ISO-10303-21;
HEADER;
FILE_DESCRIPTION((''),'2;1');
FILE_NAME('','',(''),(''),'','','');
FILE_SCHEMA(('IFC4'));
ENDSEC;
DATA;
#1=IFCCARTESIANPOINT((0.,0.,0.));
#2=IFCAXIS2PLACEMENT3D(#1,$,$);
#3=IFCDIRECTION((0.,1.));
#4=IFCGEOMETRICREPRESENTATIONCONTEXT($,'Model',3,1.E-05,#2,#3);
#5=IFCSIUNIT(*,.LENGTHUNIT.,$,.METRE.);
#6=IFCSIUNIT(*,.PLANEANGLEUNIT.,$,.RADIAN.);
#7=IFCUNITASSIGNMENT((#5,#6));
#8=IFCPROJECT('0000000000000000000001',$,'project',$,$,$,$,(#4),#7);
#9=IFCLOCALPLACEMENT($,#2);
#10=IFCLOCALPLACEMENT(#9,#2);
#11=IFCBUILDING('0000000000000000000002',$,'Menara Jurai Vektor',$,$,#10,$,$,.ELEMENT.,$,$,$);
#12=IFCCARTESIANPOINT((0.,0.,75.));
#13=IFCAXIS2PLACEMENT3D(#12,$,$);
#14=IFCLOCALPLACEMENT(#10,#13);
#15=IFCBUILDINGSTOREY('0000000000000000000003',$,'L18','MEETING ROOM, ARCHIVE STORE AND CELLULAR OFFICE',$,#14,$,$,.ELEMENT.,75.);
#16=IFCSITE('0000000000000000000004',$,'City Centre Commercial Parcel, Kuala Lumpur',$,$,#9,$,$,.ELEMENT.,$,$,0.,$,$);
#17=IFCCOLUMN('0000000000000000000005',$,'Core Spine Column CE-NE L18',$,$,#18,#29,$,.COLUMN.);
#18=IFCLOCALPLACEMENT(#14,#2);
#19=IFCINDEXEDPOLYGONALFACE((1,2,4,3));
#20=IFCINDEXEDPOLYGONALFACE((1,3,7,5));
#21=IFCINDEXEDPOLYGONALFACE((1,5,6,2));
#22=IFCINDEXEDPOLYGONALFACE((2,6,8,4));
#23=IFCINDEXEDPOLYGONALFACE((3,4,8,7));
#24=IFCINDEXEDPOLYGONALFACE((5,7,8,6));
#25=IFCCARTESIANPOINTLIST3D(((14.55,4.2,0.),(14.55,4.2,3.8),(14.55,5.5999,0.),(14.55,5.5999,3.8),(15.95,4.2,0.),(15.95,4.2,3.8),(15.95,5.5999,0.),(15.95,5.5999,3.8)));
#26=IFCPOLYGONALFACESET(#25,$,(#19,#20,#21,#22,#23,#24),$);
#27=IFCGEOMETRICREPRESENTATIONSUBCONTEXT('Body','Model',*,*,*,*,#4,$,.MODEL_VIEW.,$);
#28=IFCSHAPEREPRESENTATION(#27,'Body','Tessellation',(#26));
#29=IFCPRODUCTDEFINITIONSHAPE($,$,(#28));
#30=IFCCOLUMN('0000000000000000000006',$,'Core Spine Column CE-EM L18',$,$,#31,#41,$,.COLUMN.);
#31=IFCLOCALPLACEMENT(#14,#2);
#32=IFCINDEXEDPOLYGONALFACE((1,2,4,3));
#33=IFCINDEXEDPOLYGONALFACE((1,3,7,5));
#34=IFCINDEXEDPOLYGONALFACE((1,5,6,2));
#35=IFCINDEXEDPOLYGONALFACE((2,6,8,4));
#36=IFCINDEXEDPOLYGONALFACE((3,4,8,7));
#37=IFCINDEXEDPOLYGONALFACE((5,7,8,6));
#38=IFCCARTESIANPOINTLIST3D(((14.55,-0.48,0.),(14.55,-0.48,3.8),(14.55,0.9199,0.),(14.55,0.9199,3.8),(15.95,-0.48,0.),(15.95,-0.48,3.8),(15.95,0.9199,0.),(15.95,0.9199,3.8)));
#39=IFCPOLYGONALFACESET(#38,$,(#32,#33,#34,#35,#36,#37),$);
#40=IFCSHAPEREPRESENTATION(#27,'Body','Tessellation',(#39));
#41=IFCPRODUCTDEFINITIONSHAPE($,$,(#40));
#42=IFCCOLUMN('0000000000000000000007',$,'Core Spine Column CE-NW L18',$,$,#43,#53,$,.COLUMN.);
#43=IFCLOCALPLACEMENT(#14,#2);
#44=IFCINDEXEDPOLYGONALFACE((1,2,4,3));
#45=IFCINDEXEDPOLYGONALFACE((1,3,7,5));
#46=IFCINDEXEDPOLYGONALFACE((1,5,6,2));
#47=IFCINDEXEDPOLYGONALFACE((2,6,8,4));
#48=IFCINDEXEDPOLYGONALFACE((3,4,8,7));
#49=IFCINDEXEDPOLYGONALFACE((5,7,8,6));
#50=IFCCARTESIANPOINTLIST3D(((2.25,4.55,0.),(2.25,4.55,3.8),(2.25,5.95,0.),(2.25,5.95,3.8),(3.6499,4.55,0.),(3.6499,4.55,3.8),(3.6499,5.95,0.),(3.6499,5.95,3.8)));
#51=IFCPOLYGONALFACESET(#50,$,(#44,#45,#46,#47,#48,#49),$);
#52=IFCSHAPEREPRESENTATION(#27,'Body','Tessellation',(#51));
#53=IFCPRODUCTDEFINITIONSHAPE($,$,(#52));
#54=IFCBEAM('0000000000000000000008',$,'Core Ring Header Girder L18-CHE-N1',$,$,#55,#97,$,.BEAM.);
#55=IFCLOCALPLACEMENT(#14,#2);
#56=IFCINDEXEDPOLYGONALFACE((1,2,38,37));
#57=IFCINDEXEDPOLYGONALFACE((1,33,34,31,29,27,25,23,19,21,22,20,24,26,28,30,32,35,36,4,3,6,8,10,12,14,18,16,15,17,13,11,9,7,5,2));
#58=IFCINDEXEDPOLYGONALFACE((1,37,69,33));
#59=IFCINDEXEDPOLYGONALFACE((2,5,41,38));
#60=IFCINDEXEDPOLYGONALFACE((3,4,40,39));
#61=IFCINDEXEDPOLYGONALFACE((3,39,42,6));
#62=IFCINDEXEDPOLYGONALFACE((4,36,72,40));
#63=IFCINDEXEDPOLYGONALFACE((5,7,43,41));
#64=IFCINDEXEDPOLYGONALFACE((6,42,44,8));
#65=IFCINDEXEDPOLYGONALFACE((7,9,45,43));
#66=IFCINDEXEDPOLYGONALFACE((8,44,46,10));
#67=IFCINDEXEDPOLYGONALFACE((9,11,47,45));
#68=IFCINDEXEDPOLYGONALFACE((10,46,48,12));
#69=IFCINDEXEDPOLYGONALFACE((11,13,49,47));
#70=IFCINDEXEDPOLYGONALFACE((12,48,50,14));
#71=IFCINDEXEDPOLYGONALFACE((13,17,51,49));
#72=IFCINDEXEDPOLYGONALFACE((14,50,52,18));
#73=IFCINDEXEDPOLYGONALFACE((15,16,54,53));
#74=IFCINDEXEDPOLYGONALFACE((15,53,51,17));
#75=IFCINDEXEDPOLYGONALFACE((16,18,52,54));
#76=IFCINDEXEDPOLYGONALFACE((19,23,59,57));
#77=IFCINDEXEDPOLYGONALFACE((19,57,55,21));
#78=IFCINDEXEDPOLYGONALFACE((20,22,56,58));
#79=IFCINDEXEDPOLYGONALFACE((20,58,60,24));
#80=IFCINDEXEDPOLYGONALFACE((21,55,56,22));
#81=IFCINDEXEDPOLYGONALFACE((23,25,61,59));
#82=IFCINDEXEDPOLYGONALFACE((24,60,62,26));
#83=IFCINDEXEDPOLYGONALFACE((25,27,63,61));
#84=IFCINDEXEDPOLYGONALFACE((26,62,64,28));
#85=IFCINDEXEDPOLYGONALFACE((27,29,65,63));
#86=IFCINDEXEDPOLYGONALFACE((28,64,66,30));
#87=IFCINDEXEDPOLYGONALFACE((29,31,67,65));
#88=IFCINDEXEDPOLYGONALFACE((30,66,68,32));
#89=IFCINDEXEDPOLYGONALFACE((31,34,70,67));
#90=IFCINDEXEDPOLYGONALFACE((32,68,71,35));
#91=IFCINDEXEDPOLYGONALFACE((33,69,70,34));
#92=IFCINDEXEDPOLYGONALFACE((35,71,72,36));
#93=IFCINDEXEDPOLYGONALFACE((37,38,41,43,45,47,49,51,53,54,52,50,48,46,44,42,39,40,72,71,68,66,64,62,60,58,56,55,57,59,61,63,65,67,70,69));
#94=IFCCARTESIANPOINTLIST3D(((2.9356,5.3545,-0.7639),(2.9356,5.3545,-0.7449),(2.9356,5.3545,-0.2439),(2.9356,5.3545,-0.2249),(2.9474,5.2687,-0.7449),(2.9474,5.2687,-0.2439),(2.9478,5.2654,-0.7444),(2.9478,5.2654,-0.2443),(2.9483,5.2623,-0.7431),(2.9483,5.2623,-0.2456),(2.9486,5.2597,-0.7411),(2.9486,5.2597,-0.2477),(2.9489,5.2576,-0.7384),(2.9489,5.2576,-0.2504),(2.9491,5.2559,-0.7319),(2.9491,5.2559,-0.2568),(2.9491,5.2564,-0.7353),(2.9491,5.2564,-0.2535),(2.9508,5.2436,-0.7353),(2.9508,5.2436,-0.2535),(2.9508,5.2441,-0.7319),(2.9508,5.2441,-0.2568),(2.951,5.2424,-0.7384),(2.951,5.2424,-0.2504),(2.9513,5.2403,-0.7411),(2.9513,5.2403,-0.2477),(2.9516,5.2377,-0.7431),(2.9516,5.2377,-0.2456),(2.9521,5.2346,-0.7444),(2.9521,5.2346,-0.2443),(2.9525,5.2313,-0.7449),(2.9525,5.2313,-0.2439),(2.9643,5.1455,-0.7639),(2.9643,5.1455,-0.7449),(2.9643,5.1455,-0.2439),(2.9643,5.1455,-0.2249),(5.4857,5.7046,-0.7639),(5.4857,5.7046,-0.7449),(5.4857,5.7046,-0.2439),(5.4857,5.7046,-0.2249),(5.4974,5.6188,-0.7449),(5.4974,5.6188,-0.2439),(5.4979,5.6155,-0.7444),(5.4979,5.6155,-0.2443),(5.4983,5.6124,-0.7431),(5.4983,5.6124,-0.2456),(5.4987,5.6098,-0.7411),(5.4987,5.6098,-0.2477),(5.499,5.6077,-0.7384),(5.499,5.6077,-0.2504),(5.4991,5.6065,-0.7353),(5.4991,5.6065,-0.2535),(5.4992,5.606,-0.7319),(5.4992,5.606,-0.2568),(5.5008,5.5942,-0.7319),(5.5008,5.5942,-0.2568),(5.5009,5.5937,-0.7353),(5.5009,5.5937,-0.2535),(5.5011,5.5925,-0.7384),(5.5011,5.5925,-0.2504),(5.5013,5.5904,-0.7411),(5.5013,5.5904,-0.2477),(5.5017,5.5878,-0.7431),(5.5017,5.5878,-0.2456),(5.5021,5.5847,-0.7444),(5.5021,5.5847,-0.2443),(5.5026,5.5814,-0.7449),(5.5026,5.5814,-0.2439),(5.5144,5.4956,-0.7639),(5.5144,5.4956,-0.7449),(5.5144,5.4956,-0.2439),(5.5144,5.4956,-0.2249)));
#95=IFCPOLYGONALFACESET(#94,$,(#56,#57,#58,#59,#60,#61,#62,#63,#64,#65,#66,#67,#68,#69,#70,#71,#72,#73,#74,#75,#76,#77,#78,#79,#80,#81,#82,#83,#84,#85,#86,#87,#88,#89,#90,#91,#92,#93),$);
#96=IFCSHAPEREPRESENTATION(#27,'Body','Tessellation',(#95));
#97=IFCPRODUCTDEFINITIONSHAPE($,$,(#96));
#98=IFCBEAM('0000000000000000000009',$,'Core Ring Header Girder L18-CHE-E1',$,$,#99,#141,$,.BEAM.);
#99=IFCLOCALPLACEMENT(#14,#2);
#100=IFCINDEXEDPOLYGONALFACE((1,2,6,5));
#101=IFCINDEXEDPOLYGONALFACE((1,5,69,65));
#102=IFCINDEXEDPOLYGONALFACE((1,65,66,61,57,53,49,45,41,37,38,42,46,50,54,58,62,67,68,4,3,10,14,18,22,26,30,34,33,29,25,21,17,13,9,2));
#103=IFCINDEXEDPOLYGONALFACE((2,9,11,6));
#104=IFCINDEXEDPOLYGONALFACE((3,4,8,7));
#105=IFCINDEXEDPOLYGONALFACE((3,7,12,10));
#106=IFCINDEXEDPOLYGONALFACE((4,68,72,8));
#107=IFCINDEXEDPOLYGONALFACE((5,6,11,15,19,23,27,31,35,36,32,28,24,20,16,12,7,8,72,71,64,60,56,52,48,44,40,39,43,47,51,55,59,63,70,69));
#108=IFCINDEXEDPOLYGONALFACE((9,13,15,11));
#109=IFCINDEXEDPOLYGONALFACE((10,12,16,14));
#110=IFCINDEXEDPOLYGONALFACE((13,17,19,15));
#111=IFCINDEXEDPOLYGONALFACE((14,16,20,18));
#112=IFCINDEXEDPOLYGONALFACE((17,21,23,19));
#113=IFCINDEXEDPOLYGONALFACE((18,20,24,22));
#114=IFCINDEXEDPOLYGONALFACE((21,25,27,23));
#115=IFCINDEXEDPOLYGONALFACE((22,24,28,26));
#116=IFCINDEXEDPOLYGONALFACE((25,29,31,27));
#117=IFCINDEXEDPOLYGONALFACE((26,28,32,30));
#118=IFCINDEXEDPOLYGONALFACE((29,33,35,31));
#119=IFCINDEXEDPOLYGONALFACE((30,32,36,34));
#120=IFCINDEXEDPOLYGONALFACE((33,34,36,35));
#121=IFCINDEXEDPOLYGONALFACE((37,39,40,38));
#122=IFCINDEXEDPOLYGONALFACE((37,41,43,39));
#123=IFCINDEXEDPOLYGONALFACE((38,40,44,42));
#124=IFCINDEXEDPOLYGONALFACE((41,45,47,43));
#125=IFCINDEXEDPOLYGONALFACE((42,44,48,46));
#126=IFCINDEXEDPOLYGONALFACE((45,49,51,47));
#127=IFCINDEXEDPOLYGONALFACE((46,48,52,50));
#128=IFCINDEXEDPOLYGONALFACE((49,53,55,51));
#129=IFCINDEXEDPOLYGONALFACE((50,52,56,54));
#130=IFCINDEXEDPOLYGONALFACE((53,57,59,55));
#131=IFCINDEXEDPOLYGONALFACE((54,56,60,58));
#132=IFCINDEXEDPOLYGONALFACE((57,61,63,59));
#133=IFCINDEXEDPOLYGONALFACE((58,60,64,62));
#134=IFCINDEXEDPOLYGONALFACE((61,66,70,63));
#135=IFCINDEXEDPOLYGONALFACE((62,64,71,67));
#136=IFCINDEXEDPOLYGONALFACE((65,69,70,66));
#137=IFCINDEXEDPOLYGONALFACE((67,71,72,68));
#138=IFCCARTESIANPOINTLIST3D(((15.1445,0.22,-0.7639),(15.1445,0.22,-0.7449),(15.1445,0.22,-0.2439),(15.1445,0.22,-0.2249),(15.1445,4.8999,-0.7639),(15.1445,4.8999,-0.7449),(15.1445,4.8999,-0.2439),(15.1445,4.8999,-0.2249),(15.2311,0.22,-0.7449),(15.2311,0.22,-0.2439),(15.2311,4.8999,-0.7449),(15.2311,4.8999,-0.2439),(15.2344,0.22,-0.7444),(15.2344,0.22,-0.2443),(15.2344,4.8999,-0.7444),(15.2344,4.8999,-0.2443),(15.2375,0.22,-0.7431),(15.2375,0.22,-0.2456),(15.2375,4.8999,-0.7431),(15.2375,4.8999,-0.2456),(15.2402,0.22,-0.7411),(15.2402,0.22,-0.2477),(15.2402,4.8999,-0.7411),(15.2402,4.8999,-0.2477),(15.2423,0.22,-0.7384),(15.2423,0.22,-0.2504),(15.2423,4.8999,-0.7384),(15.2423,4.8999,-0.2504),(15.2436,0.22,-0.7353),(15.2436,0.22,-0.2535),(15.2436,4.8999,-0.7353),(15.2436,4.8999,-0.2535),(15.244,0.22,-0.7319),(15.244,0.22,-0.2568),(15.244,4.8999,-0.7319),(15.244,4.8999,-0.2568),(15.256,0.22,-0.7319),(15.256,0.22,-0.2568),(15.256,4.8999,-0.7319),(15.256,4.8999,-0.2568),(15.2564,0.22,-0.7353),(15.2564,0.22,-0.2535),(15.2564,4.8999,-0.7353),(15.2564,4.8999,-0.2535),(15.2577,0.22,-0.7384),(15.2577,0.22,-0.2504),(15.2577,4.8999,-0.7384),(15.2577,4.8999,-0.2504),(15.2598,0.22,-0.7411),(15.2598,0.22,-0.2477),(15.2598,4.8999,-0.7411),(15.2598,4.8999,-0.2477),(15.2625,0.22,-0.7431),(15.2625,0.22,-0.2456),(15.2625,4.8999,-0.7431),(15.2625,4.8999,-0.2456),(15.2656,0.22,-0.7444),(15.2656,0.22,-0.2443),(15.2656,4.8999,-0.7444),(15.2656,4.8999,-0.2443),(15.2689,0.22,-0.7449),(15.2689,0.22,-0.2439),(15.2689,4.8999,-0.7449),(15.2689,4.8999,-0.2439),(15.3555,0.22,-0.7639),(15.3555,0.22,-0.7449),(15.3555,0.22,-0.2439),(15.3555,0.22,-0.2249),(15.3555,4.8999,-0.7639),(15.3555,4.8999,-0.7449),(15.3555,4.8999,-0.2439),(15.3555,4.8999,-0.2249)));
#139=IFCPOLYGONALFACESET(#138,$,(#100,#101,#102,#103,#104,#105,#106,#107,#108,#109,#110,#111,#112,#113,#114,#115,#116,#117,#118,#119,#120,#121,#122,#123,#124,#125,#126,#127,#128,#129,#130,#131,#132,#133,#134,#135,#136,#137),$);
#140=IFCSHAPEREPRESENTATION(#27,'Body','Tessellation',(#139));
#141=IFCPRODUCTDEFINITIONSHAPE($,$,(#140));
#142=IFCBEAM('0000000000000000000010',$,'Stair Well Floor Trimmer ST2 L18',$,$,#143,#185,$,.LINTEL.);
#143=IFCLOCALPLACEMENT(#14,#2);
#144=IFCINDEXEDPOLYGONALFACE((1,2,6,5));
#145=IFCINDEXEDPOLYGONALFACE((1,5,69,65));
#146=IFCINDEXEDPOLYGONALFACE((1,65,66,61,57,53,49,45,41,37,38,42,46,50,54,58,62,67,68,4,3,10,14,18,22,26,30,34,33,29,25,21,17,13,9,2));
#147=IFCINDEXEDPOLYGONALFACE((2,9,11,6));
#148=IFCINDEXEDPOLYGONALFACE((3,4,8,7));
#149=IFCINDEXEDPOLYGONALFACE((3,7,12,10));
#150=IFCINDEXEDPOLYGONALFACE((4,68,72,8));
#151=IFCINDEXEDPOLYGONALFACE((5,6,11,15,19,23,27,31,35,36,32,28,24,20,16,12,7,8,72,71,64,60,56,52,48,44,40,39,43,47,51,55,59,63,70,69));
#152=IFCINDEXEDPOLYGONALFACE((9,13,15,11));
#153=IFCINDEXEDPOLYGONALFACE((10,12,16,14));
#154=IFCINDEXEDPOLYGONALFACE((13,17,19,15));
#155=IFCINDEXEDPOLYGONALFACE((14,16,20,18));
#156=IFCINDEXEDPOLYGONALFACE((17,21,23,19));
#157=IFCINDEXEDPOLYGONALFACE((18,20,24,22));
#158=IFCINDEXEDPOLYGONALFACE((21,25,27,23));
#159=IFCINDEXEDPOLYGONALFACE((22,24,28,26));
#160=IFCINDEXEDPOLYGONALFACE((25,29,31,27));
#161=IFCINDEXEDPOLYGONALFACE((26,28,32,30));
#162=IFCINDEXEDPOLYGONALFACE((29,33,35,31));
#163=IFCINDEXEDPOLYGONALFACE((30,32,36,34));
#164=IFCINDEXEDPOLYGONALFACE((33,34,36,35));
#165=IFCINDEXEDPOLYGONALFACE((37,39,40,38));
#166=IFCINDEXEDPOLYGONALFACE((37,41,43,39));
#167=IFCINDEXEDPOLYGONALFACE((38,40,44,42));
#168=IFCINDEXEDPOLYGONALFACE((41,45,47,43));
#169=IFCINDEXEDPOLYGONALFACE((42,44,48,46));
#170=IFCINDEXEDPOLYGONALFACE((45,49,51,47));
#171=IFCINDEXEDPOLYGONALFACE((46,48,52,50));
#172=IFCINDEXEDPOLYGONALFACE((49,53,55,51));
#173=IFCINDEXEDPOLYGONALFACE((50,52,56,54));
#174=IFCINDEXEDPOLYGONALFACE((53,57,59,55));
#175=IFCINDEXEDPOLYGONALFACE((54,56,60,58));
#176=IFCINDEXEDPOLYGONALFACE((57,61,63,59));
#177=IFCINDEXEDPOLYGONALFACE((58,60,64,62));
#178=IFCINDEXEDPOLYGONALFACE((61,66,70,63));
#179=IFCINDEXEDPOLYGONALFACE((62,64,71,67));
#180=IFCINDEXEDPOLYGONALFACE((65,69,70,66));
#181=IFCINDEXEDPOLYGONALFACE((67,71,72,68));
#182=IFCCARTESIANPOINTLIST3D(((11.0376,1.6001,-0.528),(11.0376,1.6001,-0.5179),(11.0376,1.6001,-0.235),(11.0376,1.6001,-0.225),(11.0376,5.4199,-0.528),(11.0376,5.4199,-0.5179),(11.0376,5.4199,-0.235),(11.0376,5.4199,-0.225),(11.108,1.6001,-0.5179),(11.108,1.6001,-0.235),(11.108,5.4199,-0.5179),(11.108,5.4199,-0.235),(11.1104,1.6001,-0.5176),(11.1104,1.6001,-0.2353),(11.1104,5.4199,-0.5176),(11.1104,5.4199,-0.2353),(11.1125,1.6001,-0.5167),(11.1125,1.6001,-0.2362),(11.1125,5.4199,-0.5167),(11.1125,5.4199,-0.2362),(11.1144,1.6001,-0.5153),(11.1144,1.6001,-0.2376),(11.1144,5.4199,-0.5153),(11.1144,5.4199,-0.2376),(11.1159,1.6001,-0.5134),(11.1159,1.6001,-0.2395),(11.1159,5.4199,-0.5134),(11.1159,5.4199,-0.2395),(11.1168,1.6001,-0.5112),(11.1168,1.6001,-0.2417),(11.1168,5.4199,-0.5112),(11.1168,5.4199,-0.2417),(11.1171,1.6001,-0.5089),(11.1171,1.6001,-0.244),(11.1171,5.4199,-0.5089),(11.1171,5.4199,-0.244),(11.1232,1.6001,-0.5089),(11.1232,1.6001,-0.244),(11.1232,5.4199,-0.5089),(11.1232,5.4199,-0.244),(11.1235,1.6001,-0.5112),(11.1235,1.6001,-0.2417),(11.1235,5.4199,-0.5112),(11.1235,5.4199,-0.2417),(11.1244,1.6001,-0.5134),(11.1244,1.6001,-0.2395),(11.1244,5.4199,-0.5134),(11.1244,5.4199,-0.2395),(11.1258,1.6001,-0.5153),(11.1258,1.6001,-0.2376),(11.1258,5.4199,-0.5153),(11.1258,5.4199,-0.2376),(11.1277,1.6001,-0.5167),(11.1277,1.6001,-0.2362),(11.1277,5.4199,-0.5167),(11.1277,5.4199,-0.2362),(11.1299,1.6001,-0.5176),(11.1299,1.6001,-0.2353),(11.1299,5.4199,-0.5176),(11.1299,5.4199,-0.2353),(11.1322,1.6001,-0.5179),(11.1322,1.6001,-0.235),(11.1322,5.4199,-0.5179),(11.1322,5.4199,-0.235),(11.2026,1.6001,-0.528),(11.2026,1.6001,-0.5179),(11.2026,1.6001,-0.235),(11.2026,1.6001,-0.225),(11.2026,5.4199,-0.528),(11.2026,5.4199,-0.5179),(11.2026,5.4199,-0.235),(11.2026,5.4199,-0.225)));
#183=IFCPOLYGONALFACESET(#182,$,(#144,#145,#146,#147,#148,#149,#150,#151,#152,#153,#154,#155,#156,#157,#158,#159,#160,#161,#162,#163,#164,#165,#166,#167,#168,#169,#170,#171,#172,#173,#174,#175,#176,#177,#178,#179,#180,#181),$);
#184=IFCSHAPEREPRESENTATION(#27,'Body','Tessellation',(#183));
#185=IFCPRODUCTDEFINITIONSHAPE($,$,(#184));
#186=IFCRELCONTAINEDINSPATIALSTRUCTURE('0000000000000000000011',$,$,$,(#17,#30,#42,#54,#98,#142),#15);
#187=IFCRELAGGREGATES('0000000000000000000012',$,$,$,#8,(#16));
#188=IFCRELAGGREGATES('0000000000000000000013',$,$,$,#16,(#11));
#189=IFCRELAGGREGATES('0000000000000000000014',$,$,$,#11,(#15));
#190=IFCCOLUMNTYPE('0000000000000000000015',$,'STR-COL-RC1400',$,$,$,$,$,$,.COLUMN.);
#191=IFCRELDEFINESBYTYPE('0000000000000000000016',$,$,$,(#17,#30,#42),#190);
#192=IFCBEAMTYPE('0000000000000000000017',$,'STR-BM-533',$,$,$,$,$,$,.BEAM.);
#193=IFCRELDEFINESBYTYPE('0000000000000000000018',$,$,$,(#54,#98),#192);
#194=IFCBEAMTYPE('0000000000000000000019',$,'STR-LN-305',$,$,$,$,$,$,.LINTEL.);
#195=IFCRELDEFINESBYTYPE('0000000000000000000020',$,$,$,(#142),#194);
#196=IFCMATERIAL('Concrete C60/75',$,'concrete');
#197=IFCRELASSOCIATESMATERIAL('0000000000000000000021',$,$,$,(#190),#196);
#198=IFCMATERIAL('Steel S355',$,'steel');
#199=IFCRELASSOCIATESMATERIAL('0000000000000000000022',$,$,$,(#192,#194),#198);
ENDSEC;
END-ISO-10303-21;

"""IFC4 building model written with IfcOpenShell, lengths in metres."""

from ifc_helpers import new_model, si_unit, direction, frame, origin, origin_2d, place, context, subcontext, project, spatial, rectangle, i_section, extrude, material, material_profile, profile_set, type_object, element, save


model = new_model("IFC4")

# Units and contexts
model_context = context("Model", 3, precision=1e-05, world=origin(), true_north=direction((0.0, 1.0)))
body_context = subcontext(model_context, "Body", "Model", "MODEL_VIEW")
ifc_project = project(units=[si_unit("LENGTHUNIT", "METRE"), si_unit("PLANEANGLEUNIT", "RADIAN")], contexts=[model_context])

# Site, building, storey
site_placement = place(None, origin())
site = spatial("IfcSite", under=ifc_project, at=site_placement, Name="City Centre Commercial Parcel, Kuala Lumpur", CompositionType="ELEMENT", RefElevation=0.0)
building_placement = place(site_placement, origin())
building = spatial("IfcBuilding", under=site, at=building_placement, Name="Menara Jurai Vektor", CompositionType="ELEMENT")
storey_placement = place(building_placement, frame((0.0, 0.0, 75.0)))
storey = spatial("IfcBuildingStorey", under=building, at=storey_placement, Name="L18", Description="MEETING ROOM, ARCHIVE STORE AND CELLULAR OFFICE", CompositionType="ELEMENT", Elevation=75.0)

# Columns
ifc_material_1 = material(Name="Concrete C60/75", Category="concrete")
ifc_material_profile_1 = material_profile(ifc_material_1, rectangle(XDim=1.3999, YDim=1.3999, at=origin_2d()), Name="RC 1400x1400")
ifc_profile_set_1 = profile_set([ifc_material_profile_1], Name="Concrete C60/75")
column_type = type_object("IfcColumnType", Name="STR-COL-RC1400", PredefinedType="COLUMN", material=ifc_profile_set_1)
for number, where, z_axis, x_axis, name in (
    (1, (15.25, 4.8999, 0.0), (0.0, 0.0, 1.0), (1.0, 0.0, 0.0), "Core Spine Column CE-NE L18"),
    (2, (15.25, 0.22, 0.0), (0.0, 0.0, 1.0), (1.0, 0.0, 0.0), "Core Spine Column CE-EM L18"),
    (3, (2.95, 5.25, 0.0), (0.0, 0.0, 1.0), (1.0, 0.0, 0.0), "Core Spine Column CE-NW L18"),
):
    element("IfcColumn", number, at=place(storey_placement, frame(where, z_axis=z_axis, x_axis=x_axis)), inside=storey, type_object=column_type, Name=name, PredefinedType="COLUMN", context=body_context, shape_type="SweptSolid", body=[
        extrude(rectangle(XDim=1.3999, YDim=1.3999, at=origin_2d()), origin(), (0.0, 0.0, 1.0), 3.8),
    ])

# Beams
ifc_material_2 = material(Name="Steel S355", Category="steel")
ifc_material_profile_2 = material_profile(ifc_material_2, i_section(OverallWidth=0.2109, OverallDepth=0.5391, WebThickness=0.012, FlangeThickness=0.019, FilletRadius=0.0129, at=origin_2d()), Name="UKB 533x210x109")
ifc_profile_set_2 = profile_set([ifc_material_profile_2], Name="Steel S355")
beam_type_1 = type_object("IfcBeamType", Name="STR-BM-533", PredefinedType="BEAM", material=ifc_profile_set_2)
beam_1_placement = place(storey_placement, frame((2.95, 5.25, -0.4944), z_axis=(0.990707, 0.136015, 0.0), x_axis=(-0.136015, 0.990707, 0.0)))
element("IfcBeam", 4, at=beam_1_placement, inside=storey, type_object=beam_type_1, Name="Core Ring Header Girder L18-CHE-N1", PredefinedType="BEAM", context=body_context, shape_type="SweptSolid", body=[
    extrude(i_section(OverallWidth=0.2109, OverallDepth=0.5391, WebThickness=0.012, FlangeThickness=0.019, FilletRadius=0.0129, at=origin_2d()), origin(), (0.0, 0.0, 1.0), 2.574),
])
beam_2_placement = place(storey_placement, frame((15.25, 0.22, -0.4944), z_axis=(0.0, 1.0, 0.0), x_axis=(-1.0, 0.0, 0.0)))
element("IfcBeam", 5, at=beam_2_placement, inside=storey, type_object=beam_type_1, Name="Core Ring Header Girder L18-CHE-E1", PredefinedType="BEAM", context=body_context, shape_type="SweptSolid", body=[
    extrude(i_section(OverallWidth=0.2109, OverallDepth=0.5391, WebThickness=0.012, FlangeThickness=0.019, FilletRadius=0.0129, at=origin_2d()), origin(), (0.0, 0.0, 1.0), 4.6799),
])
ifc_material_profile_3 = material_profile(ifc_material_2, i_section(OverallWidth=0.165, OverallDepth=0.303, WebThickness=0.0061, FlangeThickness=0.01, FilletRadius=0.009, at=origin_2d()), Name="UKB 305x165x40")
ifc_profile_set_3 = profile_set([ifc_material_profile_3], Name="Steel S355")
beam_type_2 = type_object("IfcBeamType", Name="STR-LN-305", PredefinedType="LINTEL", material=ifc_profile_set_3)
beam_3_placement = place(storey_placement, frame((11.1201, 1.6001, -0.3765), z_axis=(0.0, 1.0, 0.0), x_axis=(-1.0, 0.0, 0.0)))
element("IfcBeam", 6, at=beam_3_placement, inside=storey, type_object=beam_type_2, Name="Stair Well Floor Trimmer ST2 L18", PredefinedType="LINTEL", context=body_context, shape_type="SweptSolid", body=[
    extrude(i_section(OverallWidth=0.165, OverallDepth=0.303, WebThickness=0.0061, FlangeThickness=0.01, FilletRadius=0.009, at=origin_2d()), origin(), (0.0, 0.0, 1.0), 3.8198),
])

save(model, "model.ifc")
